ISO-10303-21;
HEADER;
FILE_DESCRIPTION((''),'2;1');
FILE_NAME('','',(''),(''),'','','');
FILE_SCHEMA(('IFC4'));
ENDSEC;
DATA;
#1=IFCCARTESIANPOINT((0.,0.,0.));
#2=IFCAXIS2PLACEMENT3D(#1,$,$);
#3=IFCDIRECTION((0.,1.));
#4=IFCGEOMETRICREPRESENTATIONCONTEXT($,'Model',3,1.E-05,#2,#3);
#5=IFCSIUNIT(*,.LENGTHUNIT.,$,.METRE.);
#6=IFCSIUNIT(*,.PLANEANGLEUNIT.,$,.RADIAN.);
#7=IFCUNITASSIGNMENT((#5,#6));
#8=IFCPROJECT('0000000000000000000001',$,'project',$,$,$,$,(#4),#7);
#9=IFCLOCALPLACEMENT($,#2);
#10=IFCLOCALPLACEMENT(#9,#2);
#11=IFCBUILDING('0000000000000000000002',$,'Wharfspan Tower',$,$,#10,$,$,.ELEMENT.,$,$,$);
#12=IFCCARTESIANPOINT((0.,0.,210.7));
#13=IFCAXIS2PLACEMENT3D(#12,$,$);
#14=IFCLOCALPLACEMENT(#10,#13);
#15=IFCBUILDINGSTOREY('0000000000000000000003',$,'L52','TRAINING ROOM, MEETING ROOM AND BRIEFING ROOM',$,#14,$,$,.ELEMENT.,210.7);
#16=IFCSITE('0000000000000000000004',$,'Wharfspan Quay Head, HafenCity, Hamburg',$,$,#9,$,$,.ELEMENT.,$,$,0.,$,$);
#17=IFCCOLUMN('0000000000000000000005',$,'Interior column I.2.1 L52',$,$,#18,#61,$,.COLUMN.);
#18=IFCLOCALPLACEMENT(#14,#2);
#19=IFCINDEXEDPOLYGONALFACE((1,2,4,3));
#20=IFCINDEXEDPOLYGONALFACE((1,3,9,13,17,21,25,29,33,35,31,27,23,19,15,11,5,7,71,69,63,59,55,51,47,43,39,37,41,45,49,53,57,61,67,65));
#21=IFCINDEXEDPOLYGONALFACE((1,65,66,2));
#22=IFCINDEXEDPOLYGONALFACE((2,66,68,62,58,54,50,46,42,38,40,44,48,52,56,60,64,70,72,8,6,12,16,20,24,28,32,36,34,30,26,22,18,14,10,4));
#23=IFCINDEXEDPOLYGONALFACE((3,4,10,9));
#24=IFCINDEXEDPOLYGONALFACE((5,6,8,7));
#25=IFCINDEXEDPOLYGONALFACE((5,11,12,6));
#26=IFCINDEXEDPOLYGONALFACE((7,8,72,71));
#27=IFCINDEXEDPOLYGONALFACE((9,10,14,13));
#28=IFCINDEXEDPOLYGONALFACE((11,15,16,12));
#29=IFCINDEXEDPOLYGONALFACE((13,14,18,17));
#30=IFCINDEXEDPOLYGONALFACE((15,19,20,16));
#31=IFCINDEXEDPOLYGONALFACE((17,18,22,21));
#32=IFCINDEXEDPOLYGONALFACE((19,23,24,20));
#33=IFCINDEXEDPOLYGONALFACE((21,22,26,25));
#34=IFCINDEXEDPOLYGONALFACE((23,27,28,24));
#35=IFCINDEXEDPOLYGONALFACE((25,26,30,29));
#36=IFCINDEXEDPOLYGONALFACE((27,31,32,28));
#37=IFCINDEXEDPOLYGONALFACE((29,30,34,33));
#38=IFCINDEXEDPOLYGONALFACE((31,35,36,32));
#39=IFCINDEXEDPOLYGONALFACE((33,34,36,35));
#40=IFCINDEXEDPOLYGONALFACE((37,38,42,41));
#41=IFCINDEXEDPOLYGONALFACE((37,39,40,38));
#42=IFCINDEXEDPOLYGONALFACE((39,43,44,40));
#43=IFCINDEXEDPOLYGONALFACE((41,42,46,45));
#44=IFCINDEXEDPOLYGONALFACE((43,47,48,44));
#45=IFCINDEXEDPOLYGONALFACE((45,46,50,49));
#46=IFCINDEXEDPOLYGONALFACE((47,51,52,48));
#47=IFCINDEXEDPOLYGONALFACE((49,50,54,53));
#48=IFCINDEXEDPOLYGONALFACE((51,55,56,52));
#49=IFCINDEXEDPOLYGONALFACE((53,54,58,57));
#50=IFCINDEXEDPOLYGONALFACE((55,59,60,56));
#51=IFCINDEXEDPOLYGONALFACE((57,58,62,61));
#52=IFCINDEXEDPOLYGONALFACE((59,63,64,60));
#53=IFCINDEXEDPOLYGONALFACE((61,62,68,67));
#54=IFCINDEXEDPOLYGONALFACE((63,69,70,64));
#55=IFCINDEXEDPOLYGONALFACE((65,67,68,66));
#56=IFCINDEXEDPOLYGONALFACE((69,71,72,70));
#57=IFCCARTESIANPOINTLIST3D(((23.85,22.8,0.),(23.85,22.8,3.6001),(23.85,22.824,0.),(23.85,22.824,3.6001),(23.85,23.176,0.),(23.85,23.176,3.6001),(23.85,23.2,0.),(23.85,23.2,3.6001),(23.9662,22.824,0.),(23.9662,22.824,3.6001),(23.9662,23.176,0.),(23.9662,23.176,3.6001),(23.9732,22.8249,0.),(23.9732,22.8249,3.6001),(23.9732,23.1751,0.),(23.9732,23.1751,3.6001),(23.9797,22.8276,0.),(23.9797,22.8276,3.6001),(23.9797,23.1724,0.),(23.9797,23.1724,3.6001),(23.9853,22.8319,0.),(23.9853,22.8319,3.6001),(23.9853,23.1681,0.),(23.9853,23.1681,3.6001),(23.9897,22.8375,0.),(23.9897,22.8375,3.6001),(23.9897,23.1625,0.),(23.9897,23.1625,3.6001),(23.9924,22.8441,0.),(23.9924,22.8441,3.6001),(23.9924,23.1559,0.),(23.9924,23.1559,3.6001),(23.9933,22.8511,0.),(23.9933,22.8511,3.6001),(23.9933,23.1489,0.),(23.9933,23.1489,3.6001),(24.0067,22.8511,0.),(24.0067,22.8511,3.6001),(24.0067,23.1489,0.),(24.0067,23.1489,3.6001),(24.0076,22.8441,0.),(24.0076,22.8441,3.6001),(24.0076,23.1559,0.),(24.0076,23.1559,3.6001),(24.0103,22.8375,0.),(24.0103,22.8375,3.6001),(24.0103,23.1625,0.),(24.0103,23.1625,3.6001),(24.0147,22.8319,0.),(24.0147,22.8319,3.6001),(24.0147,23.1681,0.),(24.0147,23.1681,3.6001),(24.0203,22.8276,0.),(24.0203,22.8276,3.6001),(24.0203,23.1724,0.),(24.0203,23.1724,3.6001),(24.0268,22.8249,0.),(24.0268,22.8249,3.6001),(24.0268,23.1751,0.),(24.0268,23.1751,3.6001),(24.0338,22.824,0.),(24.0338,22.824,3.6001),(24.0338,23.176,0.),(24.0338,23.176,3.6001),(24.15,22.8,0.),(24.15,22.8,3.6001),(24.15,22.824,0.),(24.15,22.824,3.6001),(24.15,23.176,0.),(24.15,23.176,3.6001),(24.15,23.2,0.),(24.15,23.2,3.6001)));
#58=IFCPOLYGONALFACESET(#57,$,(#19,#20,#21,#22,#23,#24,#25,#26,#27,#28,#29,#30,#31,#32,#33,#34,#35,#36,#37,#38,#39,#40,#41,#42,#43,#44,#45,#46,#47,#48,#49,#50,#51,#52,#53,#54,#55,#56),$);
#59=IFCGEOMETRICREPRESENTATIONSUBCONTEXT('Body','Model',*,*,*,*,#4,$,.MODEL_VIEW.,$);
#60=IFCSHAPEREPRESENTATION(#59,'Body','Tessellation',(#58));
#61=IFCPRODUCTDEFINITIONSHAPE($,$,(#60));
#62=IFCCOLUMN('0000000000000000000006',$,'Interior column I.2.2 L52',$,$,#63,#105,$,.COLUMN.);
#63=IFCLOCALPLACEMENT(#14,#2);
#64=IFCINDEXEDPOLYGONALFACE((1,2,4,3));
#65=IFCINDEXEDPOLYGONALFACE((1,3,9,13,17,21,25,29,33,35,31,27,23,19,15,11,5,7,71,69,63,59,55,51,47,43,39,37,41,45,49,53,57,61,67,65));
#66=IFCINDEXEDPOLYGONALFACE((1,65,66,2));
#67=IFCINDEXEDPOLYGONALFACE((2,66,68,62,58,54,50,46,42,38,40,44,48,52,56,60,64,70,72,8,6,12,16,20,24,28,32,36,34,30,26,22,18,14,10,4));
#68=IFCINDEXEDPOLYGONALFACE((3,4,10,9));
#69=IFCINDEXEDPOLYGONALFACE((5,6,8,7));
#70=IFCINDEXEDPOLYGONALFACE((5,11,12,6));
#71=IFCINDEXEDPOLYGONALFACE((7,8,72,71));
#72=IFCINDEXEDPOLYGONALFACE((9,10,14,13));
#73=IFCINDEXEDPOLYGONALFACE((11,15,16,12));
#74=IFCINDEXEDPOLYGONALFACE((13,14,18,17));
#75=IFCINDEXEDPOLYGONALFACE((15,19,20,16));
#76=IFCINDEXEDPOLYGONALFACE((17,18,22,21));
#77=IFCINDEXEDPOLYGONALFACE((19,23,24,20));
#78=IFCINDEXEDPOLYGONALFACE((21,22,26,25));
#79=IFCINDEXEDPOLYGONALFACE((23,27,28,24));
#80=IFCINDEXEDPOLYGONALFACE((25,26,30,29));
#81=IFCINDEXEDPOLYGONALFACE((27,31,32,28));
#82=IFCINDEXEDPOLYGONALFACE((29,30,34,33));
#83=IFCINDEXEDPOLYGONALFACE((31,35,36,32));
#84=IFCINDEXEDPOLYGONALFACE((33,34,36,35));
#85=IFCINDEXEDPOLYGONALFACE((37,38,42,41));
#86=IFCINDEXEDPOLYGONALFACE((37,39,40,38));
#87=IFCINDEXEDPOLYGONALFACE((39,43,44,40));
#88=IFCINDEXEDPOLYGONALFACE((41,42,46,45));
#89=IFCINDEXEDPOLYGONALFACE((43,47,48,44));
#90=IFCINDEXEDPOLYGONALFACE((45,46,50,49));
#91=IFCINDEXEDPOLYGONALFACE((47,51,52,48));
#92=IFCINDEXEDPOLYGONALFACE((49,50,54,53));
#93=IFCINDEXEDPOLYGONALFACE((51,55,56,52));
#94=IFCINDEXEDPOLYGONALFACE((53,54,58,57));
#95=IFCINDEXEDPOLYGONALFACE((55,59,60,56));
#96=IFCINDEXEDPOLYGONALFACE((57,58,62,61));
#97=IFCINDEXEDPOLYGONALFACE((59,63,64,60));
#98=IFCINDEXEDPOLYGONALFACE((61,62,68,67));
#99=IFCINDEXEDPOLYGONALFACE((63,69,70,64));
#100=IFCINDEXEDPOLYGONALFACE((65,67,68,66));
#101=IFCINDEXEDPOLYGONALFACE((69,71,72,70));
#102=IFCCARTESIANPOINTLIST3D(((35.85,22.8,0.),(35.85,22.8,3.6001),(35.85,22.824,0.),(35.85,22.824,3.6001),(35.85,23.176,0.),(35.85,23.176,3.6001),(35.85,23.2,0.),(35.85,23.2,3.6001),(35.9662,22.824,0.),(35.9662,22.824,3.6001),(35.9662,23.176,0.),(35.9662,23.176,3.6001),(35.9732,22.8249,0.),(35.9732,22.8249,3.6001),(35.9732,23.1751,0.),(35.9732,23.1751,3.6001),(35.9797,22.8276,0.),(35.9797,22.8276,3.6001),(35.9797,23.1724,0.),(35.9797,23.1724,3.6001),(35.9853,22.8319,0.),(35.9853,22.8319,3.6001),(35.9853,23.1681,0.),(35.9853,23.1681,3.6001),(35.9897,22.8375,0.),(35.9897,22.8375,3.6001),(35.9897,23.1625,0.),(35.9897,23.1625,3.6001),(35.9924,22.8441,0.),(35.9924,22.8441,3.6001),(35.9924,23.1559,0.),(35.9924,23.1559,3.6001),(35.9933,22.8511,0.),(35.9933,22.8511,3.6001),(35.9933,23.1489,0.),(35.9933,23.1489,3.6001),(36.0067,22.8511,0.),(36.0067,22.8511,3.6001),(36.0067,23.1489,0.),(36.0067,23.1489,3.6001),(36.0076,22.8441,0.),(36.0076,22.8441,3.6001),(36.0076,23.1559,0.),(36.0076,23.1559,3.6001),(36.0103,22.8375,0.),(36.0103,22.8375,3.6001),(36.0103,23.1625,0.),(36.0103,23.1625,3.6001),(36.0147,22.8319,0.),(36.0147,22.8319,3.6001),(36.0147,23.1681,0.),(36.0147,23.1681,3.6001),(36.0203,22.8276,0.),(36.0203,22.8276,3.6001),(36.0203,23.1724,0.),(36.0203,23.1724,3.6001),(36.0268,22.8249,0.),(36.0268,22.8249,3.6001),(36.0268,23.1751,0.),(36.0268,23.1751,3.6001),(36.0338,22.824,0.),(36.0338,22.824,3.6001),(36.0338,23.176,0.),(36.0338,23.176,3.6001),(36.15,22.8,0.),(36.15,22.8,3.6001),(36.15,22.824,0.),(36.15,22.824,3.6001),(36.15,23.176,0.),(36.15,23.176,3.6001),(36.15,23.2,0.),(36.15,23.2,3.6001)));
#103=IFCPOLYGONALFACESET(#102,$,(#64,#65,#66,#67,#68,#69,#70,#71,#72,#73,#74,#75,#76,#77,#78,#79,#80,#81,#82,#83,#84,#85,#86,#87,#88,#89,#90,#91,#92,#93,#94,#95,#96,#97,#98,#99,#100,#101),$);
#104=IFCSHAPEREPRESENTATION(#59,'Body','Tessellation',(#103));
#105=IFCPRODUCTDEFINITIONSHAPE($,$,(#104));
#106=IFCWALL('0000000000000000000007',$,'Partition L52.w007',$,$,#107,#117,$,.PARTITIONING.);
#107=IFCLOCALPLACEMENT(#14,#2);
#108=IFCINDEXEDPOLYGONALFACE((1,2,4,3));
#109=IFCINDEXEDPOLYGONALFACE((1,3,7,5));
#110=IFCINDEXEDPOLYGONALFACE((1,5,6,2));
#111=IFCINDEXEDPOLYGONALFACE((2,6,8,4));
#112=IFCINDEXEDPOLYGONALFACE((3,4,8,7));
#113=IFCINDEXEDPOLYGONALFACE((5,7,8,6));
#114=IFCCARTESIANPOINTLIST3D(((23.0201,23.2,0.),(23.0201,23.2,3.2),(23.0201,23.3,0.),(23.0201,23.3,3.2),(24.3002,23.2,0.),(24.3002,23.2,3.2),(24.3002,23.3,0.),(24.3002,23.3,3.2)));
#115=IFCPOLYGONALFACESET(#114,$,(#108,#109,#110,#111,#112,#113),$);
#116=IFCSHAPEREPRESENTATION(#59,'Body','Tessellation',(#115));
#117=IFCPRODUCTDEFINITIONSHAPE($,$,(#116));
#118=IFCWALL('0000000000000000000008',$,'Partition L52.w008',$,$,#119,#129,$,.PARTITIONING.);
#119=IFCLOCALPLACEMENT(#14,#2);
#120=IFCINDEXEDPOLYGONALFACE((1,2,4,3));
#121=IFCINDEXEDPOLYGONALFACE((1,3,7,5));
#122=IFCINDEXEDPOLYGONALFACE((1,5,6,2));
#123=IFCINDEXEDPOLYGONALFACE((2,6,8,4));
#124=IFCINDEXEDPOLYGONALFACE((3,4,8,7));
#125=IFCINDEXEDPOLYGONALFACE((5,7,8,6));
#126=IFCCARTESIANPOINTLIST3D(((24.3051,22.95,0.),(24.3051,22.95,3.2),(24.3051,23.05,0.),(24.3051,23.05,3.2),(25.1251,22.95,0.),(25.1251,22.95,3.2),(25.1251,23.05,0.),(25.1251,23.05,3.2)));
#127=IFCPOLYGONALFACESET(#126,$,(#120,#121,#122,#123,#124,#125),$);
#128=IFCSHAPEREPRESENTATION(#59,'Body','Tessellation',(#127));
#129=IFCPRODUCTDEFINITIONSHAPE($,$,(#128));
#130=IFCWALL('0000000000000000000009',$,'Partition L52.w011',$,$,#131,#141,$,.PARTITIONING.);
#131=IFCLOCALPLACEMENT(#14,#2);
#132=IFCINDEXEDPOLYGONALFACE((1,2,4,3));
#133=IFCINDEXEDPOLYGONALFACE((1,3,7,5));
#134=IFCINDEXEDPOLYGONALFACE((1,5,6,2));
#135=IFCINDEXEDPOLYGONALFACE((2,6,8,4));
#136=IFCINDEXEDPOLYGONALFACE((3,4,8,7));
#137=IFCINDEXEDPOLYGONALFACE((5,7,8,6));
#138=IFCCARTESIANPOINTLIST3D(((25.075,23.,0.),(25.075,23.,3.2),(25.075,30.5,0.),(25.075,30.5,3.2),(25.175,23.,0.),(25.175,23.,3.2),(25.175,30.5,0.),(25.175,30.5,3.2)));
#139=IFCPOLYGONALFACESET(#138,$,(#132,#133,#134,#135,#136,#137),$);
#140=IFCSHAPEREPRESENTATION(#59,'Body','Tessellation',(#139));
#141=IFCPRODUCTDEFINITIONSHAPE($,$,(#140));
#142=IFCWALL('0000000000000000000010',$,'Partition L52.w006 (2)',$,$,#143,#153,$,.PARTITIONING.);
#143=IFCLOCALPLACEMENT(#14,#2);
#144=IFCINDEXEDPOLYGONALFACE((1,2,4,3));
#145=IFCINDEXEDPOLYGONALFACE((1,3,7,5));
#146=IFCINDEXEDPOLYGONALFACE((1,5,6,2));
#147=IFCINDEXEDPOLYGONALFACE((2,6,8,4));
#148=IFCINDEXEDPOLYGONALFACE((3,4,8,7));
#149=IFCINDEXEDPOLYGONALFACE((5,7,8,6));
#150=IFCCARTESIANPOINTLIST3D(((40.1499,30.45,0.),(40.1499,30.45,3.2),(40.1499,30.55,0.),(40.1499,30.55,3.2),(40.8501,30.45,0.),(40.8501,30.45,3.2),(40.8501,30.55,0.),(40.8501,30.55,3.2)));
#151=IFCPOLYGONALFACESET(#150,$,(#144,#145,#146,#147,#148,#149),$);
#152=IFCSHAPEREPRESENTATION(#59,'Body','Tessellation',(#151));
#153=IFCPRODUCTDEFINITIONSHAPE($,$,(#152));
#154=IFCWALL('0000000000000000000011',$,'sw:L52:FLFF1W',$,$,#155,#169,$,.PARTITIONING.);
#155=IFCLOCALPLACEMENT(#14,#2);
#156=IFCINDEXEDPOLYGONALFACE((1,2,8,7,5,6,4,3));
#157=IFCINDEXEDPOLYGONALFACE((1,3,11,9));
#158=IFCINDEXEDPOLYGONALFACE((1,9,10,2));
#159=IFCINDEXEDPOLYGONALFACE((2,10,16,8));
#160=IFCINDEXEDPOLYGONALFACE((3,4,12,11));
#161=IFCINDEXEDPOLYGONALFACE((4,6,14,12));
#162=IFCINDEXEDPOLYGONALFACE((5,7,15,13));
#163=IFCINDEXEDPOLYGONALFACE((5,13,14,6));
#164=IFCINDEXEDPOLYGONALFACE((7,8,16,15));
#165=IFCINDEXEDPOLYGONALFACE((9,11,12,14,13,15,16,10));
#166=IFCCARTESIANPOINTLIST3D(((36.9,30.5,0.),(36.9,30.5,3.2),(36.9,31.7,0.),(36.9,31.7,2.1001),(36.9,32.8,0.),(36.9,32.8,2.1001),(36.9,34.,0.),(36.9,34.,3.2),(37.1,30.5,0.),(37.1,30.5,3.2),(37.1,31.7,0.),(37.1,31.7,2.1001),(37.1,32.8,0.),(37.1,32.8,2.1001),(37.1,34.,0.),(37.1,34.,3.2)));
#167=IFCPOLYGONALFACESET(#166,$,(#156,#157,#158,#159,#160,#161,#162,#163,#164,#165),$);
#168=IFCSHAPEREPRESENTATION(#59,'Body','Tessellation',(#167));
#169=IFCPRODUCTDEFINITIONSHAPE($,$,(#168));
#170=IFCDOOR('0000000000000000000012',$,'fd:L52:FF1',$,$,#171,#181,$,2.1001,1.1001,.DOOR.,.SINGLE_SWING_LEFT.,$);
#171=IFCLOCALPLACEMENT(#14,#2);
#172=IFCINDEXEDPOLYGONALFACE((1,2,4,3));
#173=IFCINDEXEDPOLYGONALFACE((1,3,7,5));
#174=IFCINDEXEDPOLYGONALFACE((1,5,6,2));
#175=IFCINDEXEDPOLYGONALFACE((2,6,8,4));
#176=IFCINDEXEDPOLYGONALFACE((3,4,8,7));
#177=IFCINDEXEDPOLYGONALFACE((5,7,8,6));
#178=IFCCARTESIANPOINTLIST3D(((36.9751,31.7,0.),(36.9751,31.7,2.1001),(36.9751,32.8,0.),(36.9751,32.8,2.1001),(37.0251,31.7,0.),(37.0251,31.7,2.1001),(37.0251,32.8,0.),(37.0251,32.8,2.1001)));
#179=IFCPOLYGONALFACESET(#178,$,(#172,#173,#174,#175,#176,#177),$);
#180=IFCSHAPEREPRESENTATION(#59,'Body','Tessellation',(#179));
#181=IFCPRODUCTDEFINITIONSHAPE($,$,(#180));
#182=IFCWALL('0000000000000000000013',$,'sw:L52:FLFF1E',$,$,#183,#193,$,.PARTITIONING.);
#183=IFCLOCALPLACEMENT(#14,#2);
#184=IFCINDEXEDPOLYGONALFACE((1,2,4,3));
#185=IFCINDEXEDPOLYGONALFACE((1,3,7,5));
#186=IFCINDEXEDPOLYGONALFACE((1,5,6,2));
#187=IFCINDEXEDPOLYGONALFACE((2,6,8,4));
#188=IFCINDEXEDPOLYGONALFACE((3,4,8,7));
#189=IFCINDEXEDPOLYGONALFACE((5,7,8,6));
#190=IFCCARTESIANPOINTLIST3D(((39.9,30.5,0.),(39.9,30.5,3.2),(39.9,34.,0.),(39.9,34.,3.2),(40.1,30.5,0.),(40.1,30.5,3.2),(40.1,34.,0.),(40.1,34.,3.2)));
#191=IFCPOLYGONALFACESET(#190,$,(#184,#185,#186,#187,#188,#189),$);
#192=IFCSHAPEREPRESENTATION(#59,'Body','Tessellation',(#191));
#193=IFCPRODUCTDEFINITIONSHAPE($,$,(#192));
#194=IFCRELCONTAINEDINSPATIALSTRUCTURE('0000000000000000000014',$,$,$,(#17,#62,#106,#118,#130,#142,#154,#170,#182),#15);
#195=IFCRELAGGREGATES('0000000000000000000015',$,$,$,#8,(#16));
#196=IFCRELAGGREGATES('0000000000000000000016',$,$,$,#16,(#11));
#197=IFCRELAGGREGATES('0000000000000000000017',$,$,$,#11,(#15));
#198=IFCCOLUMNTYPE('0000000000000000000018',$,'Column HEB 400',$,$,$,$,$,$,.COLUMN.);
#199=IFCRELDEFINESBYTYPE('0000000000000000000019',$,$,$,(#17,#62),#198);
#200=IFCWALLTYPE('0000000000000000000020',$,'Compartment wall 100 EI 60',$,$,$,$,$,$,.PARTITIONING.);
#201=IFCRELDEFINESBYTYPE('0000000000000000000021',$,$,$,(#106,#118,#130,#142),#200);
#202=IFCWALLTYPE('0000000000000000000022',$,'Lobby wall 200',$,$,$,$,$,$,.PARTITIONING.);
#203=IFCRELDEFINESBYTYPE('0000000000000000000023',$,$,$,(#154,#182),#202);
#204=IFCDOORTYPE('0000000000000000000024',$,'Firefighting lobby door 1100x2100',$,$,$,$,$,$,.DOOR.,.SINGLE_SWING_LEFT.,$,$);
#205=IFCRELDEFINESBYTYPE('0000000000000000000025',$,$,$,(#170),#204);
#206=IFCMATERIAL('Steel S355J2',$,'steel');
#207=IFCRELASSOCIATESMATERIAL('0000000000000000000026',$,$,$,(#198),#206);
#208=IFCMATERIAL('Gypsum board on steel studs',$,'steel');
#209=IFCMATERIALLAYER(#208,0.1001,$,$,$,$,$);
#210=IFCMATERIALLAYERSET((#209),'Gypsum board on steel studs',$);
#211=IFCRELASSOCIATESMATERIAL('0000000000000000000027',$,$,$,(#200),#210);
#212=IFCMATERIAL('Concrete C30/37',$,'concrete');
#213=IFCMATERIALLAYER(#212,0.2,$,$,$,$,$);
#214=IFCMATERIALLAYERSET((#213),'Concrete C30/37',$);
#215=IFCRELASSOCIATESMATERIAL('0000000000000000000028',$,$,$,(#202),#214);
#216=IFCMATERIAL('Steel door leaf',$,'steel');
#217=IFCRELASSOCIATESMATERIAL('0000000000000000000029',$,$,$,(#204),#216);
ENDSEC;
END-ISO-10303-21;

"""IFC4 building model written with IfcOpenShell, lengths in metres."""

from ifc_helpers import new_model, si_unit, direction, frame, frame_2d, origin, origin_2d, place, context, subcontext, project, spatial, rectangle, i_section, extrude, material, layer, layer_set, material_profile, profile_set, type_object, element, fill, save


model = new_model("IFC4")

# Units and contexts
model_context = context("Model", 3, precision=1e-05, world=origin(), true_north=direction((0.0, 1.0)))
body_context = subcontext(model_context, "Body", "Model", "MODEL_VIEW")
ifc_project = project(units=[si_unit("LENGTHUNIT", "METRE"), si_unit("PLANEANGLEUNIT", "RADIAN")], contexts=[model_context])

# Site, building, storey
site_placement = place(None, origin())
site = spatial("IfcSite", under=ifc_project, at=site_placement, Name="Wharfspan Quay Head, HafenCity, Hamburg", CompositionType="ELEMENT", RefElevation=0.0)
building_placement = place(site_placement, origin())
building = spatial("IfcBuilding", under=site, at=building_placement, Name="Wharfspan Tower", CompositionType="ELEMENT")
storey_placement = place(building_placement, frame((0.0, 0.0, 210.7)))
storey = spatial("IfcBuildingStorey", under=building, at=storey_placement, Name="L52", Description="TRAINING ROOM, MEETING ROOM AND BRIEFING ROOM", CompositionType="ELEMENT", Elevation=210.7)

# Columns
ifc_material_1 = material(Name="Steel S355J2", Category="steel")
ifc_material_profile = material_profile(ifc_material_1, i_section(OverallWidth=0.3, OverallDepth=0.3999, WebThickness=0.0134, FlangeThickness=0.0239, FilletRadius=0.0271, at=origin_2d()))
ifc_profile_set = profile_set([ifc_material_profile], Name="Steel S355J2")
column_type = type_object("IfcColumnType", Name="Column HEB 400", PredefinedType="COLUMN", material=ifc_profile_set)
for number, where, z_axis, x_axis, name in (
    (1, (24.0, 23.0, 0.0), (0.0, 0.0, 1.0), (1.0, 0.0, 0.0), "Interior column I.2.1 L52"),
    (2, (36.0, 23.0, 0.0), (0.0, 0.0, 1.0), (1.0, 0.0, 0.0), "Interior column I.2.2 L52"),
):
    element("IfcColumn", number, at=place(storey_placement, frame(where, z_axis=z_axis, x_axis=x_axis)), inside=storey, type_object=column_type, Name=name, PredefinedType="COLUMN", context=body_context, shape_type="SweptSolid", body=[
        extrude(i_section(OverallWidth=0.3, OverallDepth=0.3999, WebThickness=0.0134, FlangeThickness=0.0239, FilletRadius=0.0271, at=origin_2d()), origin(), (0.0, 0.0, 1.0), 3.6001),
    ])

# Walls
ifc_material_2 = material(Name="Gypsum board on steel studs", Category="steel")
ifc_layer_1 = layer(ifc_material_2, 0.1001)
ifc_layer_set_1 = layer_set([ifc_layer_1], Name="Gypsum board on steel studs")
wall_type_1 = type_object("IfcWallType", Name="Compartment wall 100 EI 60", PredefinedType="PARTITIONING", material=ifc_layer_set_1)
wall_1_placement = place(storey_placement, frame((23.02, 23.25, 0.0), z_axis=(0.0, 0.0, 1.0), x_axis=(1.0, 0.0, 0.0)))
element("IfcWall", 3, at=wall_1_placement, inside=storey, type_object=wall_type_1, Name="Partition L52.w007", PredefinedType="PARTITIONING", context=body_context, shape_type="SweptSolid", body=[
    extrude(rectangle(XDim=1.28, YDim=0.1001, at=frame_2d((0.6401, 0.0))), origin(), (0.0, 0.0, 1.0), 3.2),
])
wall_2_placement = place(storey_placement, frame((24.3049, 23.0, 0.0), z_axis=(0.0, 0.0, 1.0), x_axis=(1.0, 0.0, 0.0)))
element("IfcWall", 4, at=wall_2_placement, inside=storey, type_object=wall_type_1, Name="Partition L52.w008", PredefinedType="PARTITIONING", context=body_context, shape_type="SweptSolid", body=[
    extrude(rectangle(XDim=0.8201, YDim=0.1001, at=frame_2d((0.4102, 0.0))), origin(), (0.0, 0.0, 1.0), 3.2),
])
wall_3_placement = place(storey_placement, frame((25.125, 23.0, 0.0), z_axis=(0.0, 0.0, 1.0), x_axis=(0.0, 1.0, 0.0)))
element("IfcWall", 5, at=wall_3_placement, inside=storey, type_object=wall_type_1, Name="Partition L52.w011", PredefinedType="PARTITIONING", context=body_context, shape_type="SweptSolid", body=[
    extrude(rectangle(XDim=7.5, YDim=0.1001, at=frame_2d((3.75, 0.0))), origin(), (0.0, 0.0, 1.0), 3.2),
])
wall_4_placement = place(storey_placement, frame((40.1499, 30.5, 0.0), z_axis=(0.0, 0.0, 1.0), x_axis=(1.0, 0.0, 0.0)))
element("IfcWall", 6, at=wall_4_placement, inside=storey, type_object=wall_type_1, Name="Partition L52.w006 (2)", PredefinedType="PARTITIONING", context=body_context, shape_type="SweptSolid", body=[
    extrude(rectangle(XDim=0.7002, YDim=0.1001, at=frame_2d((0.3501, 0.0))), origin(), (0.0, 0.0, 1.0), 3.2),
])

# Wall, opening, door
ifc_material_3 = material(Name="Concrete C30/37", Category="concrete")
ifc_layer_2 = layer(ifc_material_3, 0.2)
ifc_layer_set_2 = layer_set([ifc_layer_2], Name="Concrete C30/37")
wall_type_2 = type_object("IfcWallType", Name="Lobby wall 200", PredefinedType="PARTITIONING", material=ifc_layer_set_2)
wall_5_placement = place(storey_placement, frame((37.0, 30.5, 0.0), z_axis=(0.0, 0.0, 1.0), x_axis=(0.0, 1.0, 0.0)))
wall_5 = element("IfcWall", 7, at=wall_5_placement, inside=storey, type_object=wall_type_2, Name="sw:L52:FLFF1W", PredefinedType="PARTITIONING", context=body_context, shape_type="SweptSolid", body=[
    extrude(rectangle(XDim=3.5, YDim=0.2, at=frame_2d((1.75, 0.0))), origin(), (0.0, 0.0, 1.0), 3.2),
])
opening_placement = place(wall_5_placement, frame((1.2, 0.0, 0.0)))
opening = element("IfcOpeningElement", 8, at=opening_placement, cuts=wall_5, PredefinedType="OPENING", context=body_context, shape_type="SweptSolid", body=[
    extrude(rectangle(XDim=1.1001, YDim=2.1001, at=frame_2d((0.55, 1.05))), frame((0.0, 0.1099, 0.0), z_axis=(0.0, -1.0, 0.0), x_axis=(1.0, 0.0, 0.0)), (0.0, 0.0, 1.0), 0.22),
])
ifc_material_4 = material(Name="Steel door leaf", Category="steel")
door_type = type_object("IfcDoorType", Name="Firefighting lobby door 1100x2100", OperationType="SINGLE_SWING_LEFT", PredefinedType="DOOR", material=ifc_material_4)
door_placement = place(opening_placement, origin())
door = element("IfcDoor", 9, at=door_placement, inside=storey, type_object=door_type, Name="fd:L52:FF1", OperationType="SINGLE_SWING_LEFT", OverallHeight=2.1001, OverallWidth=1.1001, PredefinedType="DOOR", context=body_context, shape_type="SweptSolid", body=[
    extrude(rectangle(XDim=1.1001, YDim=2.1001, at=frame_2d((0.55, 1.05))), frame((0.0, 0.0249, 0.0), z_axis=(0.0, -1.0, 0.0), x_axis=(1.0, 0.0, 0.0)), (0.0, 0.0, 1.0), 0.05),
])
fill(opening, door)

# Wall
wall_6_placement = place(storey_placement, frame((40.0, 30.5, 0.0), z_axis=(0.0, 0.0, 1.0), x_axis=(0.0, 1.0, 0.0)))
element("IfcWall", 10, at=wall_6_placement, inside=storey, type_object=wall_type_2, Name="sw:L52:FLFF1E", PredefinedType="PARTITIONING", context=body_context, shape_type="SweptSolid", body=[
    extrude(rectangle(XDim=3.5, YDim=0.2, at=frame_2d((1.75, 0.0))), origin(), (0.0, 0.0, 1.0), 3.2),
])

save(model, "model.ifc")
